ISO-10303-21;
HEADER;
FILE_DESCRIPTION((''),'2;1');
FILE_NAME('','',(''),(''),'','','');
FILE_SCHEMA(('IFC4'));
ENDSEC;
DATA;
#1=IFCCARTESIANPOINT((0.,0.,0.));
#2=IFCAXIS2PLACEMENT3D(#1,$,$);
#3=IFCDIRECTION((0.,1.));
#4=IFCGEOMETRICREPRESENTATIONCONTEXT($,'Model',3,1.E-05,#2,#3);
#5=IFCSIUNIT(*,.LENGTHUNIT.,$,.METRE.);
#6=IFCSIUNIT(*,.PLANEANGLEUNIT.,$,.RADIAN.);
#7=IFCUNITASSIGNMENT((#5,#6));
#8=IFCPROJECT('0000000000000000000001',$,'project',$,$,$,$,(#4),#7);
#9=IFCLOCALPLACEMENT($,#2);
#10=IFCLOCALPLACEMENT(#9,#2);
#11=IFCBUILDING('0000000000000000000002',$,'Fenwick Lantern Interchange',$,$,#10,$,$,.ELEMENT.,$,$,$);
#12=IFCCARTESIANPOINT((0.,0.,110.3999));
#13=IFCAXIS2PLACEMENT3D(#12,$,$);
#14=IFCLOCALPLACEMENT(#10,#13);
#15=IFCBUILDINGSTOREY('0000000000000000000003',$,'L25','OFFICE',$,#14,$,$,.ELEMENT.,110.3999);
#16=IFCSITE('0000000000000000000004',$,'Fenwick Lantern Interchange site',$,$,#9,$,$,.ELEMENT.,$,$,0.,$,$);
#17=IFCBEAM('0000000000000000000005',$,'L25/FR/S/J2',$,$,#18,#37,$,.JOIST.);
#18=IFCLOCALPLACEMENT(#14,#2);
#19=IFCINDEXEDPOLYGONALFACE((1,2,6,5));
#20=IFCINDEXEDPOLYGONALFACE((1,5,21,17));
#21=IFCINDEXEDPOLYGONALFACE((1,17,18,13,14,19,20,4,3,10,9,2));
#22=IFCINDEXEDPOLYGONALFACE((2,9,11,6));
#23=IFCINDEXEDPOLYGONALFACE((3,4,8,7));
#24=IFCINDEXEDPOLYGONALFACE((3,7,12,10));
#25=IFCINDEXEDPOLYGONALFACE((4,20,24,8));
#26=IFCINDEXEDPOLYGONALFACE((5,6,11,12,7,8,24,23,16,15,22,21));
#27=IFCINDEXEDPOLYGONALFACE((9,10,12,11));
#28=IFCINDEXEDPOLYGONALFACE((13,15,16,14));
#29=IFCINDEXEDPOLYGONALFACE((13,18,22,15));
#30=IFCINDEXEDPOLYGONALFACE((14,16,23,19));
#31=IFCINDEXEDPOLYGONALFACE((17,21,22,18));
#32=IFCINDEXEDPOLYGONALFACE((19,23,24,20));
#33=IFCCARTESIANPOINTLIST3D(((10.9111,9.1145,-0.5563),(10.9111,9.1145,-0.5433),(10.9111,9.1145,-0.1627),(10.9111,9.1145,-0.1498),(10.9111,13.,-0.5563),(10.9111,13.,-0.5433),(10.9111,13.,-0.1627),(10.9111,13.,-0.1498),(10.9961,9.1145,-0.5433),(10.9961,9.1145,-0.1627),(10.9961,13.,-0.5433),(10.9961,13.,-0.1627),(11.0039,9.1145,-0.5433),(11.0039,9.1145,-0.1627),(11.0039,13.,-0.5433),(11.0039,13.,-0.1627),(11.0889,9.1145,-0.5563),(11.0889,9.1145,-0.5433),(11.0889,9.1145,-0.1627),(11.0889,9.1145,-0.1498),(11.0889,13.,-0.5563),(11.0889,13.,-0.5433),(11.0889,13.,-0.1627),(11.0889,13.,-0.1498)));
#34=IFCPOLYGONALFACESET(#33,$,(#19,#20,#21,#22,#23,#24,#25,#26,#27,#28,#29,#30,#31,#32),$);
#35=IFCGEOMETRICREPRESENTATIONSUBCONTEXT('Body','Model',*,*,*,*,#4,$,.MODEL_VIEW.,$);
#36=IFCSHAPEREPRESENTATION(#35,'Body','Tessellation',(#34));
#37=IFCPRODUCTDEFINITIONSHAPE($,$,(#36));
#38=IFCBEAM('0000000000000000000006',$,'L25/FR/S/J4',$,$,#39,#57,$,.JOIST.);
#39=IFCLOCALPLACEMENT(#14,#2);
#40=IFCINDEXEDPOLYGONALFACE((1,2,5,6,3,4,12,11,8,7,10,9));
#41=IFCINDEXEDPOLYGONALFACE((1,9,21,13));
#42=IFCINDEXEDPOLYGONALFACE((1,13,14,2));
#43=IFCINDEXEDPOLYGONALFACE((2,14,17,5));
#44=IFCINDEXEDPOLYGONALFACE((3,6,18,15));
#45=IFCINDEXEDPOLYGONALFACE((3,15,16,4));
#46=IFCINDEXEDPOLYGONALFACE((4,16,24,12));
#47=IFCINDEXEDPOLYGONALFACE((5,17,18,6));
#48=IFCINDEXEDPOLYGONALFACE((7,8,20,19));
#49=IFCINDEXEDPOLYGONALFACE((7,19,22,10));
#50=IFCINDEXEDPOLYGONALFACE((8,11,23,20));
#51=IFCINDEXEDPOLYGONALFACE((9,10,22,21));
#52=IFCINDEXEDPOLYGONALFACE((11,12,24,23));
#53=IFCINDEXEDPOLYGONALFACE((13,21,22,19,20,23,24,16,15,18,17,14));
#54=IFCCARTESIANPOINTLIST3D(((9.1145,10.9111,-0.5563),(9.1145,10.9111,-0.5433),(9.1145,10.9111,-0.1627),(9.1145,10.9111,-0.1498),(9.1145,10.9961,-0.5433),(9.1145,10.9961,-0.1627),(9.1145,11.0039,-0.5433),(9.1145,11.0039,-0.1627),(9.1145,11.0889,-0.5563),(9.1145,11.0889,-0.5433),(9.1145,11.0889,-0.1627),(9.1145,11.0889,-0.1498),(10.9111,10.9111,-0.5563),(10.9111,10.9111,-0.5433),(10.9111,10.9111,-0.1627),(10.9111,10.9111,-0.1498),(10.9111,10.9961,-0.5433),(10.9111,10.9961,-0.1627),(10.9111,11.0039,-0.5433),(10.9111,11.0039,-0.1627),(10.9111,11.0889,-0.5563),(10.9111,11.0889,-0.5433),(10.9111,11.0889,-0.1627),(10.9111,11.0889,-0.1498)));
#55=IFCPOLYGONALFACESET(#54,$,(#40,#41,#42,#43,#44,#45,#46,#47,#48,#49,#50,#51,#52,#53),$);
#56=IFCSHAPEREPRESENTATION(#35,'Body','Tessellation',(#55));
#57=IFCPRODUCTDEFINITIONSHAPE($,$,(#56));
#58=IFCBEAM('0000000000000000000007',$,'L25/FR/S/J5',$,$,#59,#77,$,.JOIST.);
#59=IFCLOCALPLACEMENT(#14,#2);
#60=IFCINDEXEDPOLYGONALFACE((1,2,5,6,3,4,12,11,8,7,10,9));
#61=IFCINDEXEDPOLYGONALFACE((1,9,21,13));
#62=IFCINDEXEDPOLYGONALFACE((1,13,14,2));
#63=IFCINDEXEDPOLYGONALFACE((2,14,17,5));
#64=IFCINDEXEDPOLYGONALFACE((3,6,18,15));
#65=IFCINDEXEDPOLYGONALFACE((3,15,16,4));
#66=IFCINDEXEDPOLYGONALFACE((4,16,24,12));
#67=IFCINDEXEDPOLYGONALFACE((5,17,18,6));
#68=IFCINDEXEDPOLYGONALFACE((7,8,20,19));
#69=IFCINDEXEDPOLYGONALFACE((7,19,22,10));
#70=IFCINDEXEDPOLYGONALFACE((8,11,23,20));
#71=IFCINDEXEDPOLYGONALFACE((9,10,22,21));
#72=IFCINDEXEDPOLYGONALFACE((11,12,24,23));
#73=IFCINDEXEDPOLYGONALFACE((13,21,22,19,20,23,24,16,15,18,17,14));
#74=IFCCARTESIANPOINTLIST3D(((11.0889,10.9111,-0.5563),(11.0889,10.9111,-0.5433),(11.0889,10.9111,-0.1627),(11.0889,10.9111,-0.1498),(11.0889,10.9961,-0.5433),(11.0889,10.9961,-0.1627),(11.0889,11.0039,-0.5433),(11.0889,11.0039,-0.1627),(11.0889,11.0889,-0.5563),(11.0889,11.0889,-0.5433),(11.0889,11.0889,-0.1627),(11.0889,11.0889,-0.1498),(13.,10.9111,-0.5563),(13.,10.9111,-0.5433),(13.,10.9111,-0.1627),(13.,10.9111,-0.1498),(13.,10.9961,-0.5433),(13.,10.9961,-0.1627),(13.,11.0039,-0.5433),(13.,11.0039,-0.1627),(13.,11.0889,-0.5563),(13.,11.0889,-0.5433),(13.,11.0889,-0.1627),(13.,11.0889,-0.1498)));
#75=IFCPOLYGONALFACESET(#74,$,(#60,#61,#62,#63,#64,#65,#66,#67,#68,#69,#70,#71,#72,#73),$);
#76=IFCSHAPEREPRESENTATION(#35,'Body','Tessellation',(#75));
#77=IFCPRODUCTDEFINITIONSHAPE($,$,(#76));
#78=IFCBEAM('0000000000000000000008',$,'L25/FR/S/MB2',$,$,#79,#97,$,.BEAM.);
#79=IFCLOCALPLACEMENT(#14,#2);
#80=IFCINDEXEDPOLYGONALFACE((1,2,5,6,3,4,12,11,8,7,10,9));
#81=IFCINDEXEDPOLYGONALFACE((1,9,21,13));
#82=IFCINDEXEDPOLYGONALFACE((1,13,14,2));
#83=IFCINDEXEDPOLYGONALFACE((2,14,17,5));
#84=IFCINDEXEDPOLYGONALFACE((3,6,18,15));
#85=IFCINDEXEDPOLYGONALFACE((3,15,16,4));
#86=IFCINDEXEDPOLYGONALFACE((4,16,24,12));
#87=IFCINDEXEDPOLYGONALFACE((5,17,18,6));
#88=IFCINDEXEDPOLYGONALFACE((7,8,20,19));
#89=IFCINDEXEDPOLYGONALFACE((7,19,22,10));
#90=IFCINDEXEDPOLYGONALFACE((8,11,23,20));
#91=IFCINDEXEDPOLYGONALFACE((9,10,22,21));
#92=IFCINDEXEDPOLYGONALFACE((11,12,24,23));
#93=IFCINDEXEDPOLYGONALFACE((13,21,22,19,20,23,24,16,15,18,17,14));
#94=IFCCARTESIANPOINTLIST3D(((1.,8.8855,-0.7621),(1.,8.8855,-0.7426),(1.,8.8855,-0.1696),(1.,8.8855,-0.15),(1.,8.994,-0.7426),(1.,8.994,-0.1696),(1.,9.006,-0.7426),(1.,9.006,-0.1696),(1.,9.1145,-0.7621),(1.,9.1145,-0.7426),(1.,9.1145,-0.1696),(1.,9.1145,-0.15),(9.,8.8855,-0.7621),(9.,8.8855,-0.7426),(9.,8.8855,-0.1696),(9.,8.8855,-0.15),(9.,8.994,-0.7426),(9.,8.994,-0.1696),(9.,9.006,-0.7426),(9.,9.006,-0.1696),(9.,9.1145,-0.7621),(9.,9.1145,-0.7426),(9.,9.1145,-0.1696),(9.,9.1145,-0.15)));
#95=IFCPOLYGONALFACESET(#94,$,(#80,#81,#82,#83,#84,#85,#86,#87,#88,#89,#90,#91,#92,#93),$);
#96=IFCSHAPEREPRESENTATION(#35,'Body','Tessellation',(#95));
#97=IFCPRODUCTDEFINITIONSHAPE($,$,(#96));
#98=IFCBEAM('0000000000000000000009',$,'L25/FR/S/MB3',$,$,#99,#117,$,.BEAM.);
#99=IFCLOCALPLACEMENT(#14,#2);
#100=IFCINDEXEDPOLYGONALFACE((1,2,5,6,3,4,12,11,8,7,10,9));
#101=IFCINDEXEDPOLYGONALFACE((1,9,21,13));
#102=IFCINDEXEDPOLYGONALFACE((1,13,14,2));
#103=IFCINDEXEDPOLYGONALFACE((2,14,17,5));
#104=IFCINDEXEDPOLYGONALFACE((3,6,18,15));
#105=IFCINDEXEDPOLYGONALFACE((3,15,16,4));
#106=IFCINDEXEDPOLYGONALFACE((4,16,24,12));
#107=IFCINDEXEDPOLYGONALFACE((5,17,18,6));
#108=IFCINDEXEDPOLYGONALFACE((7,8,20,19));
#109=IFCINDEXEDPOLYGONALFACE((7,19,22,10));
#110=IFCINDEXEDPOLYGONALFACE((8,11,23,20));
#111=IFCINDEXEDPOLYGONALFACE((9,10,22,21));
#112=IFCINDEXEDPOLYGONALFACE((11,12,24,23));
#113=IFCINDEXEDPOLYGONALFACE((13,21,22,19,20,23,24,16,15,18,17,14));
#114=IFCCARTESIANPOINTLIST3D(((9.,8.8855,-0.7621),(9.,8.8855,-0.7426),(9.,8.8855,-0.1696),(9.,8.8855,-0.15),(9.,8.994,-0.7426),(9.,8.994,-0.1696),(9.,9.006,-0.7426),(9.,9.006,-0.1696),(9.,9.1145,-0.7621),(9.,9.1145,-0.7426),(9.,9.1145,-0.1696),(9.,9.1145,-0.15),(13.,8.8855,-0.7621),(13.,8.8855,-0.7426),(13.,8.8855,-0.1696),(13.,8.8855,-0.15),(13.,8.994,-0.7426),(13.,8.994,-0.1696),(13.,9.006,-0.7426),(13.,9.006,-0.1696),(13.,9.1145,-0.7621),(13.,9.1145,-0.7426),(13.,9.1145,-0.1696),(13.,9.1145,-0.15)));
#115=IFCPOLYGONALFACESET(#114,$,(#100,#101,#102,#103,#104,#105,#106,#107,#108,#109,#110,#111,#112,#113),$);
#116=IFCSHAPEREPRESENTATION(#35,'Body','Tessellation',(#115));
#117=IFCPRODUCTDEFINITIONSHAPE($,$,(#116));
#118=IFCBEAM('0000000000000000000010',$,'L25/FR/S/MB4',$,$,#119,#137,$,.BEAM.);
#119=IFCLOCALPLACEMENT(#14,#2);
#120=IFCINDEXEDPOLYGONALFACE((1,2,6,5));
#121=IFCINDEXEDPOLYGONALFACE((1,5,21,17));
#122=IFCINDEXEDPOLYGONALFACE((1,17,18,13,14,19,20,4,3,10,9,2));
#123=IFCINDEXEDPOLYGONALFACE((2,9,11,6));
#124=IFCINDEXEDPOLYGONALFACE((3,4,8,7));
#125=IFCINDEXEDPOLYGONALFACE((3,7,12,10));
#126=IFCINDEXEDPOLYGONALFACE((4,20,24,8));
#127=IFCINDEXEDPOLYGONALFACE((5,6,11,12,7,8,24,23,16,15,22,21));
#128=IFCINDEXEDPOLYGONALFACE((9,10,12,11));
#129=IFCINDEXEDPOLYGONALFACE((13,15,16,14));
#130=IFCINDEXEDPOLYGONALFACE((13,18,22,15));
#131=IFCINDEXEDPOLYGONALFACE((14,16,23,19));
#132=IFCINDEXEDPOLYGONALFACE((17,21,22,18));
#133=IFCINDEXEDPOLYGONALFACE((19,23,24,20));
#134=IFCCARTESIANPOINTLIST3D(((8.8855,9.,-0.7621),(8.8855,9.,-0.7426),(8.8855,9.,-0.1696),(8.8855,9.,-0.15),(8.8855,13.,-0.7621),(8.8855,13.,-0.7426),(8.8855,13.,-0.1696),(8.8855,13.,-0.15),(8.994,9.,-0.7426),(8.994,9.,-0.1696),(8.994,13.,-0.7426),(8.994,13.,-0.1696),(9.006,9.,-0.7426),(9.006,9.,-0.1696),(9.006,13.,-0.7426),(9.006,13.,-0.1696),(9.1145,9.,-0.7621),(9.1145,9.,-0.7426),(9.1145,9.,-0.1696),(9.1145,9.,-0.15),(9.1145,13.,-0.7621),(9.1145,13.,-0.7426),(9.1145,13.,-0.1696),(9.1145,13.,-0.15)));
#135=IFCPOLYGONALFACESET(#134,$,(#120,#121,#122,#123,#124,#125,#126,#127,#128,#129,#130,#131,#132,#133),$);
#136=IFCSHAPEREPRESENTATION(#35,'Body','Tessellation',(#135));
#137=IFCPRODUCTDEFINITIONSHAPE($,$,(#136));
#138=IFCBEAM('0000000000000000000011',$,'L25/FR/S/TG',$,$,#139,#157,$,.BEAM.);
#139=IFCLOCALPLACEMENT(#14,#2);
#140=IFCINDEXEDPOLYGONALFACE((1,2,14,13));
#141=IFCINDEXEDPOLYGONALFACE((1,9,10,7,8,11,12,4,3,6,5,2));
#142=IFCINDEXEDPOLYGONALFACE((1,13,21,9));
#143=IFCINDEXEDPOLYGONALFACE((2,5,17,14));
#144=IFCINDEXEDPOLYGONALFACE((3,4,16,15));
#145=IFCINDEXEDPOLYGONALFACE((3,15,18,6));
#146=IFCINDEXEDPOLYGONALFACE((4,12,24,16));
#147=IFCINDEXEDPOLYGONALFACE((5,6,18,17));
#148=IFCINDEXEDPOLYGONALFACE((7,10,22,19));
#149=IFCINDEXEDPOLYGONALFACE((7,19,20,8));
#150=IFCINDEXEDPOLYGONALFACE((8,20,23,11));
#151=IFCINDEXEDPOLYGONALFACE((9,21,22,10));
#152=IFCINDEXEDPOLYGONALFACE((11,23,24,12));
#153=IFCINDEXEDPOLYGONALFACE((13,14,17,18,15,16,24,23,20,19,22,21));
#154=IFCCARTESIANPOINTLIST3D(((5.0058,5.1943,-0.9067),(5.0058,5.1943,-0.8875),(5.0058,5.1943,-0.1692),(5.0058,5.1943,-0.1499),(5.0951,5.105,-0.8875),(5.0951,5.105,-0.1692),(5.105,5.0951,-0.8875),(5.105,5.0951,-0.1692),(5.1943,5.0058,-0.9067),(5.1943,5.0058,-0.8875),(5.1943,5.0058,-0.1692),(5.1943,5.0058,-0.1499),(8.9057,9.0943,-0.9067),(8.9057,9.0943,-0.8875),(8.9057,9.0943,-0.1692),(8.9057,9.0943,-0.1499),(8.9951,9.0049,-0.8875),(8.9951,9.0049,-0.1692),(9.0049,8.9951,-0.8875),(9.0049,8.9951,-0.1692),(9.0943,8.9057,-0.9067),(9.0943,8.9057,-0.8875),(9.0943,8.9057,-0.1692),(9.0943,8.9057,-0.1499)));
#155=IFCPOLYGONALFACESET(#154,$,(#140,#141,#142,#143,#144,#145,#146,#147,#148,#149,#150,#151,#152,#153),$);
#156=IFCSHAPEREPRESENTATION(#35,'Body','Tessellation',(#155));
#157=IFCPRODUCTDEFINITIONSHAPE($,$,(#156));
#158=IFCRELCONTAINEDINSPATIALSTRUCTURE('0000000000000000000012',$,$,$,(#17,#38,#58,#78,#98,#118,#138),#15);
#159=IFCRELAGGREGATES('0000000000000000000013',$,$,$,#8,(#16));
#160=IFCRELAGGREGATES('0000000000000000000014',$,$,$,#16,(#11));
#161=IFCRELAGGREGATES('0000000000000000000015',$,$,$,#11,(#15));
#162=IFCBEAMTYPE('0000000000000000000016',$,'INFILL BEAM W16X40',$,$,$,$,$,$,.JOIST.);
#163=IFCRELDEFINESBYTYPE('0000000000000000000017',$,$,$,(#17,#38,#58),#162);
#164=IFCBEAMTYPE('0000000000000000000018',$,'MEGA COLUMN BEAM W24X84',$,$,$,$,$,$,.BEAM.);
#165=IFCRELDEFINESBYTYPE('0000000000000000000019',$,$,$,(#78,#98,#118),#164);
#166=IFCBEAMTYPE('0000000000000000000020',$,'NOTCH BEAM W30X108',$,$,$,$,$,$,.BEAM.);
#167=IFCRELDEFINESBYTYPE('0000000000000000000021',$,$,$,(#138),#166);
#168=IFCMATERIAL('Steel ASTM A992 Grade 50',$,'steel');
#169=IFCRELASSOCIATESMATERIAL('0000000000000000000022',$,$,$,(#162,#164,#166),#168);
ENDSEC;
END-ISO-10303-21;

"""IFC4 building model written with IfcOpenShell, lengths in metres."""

from ifc_helpers import new_model, si_unit, direction, frame, origin, origin_2d, place, context, subcontext, project, spatial, i_section, extrude, material, material_profile, profile_set, type_object, element, save


model = new_model("IFC4")

# Units and contexts
model_context = context("Model", 3, precision=1e-05, world=origin(), true_north=direction((0.0, 1.0)))
body_context = subcontext(model_context, "Body", "Model", "MODEL_VIEW")
ifc_project = project(units=[si_unit("LENGTHUNIT", "METRE"), si_unit("PLANEANGLEUNIT", "RADIAN")], contexts=[model_context])

# Site, building, storey
site_placement = place(None, origin())
site = spatial("IfcSite", under=ifc_project, at=site_placement, Name="Fenwick Lantern Interchange site", CompositionType="ELEMENT", RefElevation=0.0)
building_placement = place(site_placement, origin())
building = spatial("IfcBuilding", under=site, at=building_placement, Name="Fenwick Lantern Interchange", CompositionType="ELEMENT")
storey_placement = place(building_placement, frame((0.0, 0.0, 110.3999)))
storey = spatial("IfcBuildingStorey", under=building, at=storey_placement, Name="L25", Description="OFFICE", CompositionType="ELEMENT", Elevation=110.3999)

# Beams
ifc_material_1 = material(Name="Steel ASTM A992 Grade 50", Category="steel")
ifc_material_profile_1 = material_profile(ifc_material_1, i_section(OverallWidth=0.1777, OverallDepth=0.4065, WebThickness=0.0078, FlangeThickness=0.0129, at=origin_2d()), Name="W16X40")
ifc_profile_set_1 = profile_set([ifc_material_profile_1], Name="Steel ASTM A992 Grade 50")
beam_type_1 = type_object("IfcBeamType", Name="INFILL BEAM W16X40", PredefinedType="JOIST", material=ifc_profile_set_1)
beam_1_placement = place(storey_placement, frame((11.0, 9.1145, -0.353), z_axis=(0.0, 1.0, 0.0), x_axis=(-1.0, 0.0, 0.0)))
element("IfcBeam", 1, at=beam_1_placement, inside=storey, type_object=beam_type_1, Name="L25/FR/S/J2", PredefinedType="JOIST", context=body_context, shape_type="SweptSolid", body=[
    extrude(i_section(OverallWidth=0.1777, OverallDepth=0.4065, WebThickness=0.0078, FlangeThickness=0.0129, at=origin_2d()), origin(), (0.0, 0.0, 1.0), 3.8855),
])
beam_2_placement = place(storey_placement, frame((9.1145, 11.0, -0.353), z_axis=(1.0, 0.0, 0.0), x_axis=(0.0, 1.0, 0.0)))
element("IfcBeam", 2, at=beam_2_placement, inside=storey, type_object=beam_type_1, Name="L25/FR/S/J4", PredefinedType="JOIST", context=body_context, shape_type="SweptSolid", body=[
    extrude(i_section(OverallWidth=0.1777, OverallDepth=0.4065, WebThickness=0.0078, FlangeThickness=0.0129, at=origin_2d()), origin(), (0.0, 0.0, 1.0), 1.7966),
])
beam_3_placement = place(storey_placement, frame((11.0889, 11.0, -0.353), z_axis=(1.0, 0.0, 0.0), x_axis=(0.0, 1.0, 0.0)))
element("IfcBeam", 3, at=beam_3_placement, inside=storey, type_object=beam_type_1, Name="L25/FR/S/J5", PredefinedType="JOIST", context=body_context, shape_type="SweptSolid", body=[
    extrude(i_section(OverallWidth=0.1777, OverallDepth=0.4065, WebThickness=0.0078, FlangeThickness=0.0129, at=origin_2d()), origin(), (0.0, 0.0, 1.0), 1.9111),
])
ifc_material_profile_2 = material_profile(ifc_material_1, i_section(OverallWidth=0.229, OverallDepth=0.6121, WebThickness=0.012, FlangeThickness=0.0195, at=origin_2d()), Name="W24X84")
ifc_profile_set_2 = profile_set([ifc_material_profile_2], Name="Steel ASTM A992 Grade 50")
beam_type_2 = type_object("IfcBeamType", Name="MEGA COLUMN BEAM W24X84", PredefinedType="BEAM", material=ifc_profile_set_2)
beam_4_placement = place(storey_placement, frame((9.0, 9.0, -0.4561), z_axis=(-1.0, 0.0, 0.0), x_axis=(0.0, -1.0, 0.0)))
element("IfcBeam", 4, at=beam_4_placement, inside=storey, type_object=beam_type_2, Name="L25/FR/S/MB2", PredefinedType="BEAM", context=body_context, shape_type="SweptSolid", body=[
    extrude(i_section(OverallWidth=0.229, OverallDepth=0.6121, WebThickness=0.012, FlangeThickness=0.0195, at=origin_2d()), origin(), (0.0, 0.0, 1.0), 8.0),
])
for number, where, z_axis, x_axis, name in (
    (5, (9.0, 9.0, -0.4561), (1.0, 0.0, 0.0), (0.0, 1.0, 0.0), "L25/FR/S/MB3"),
    (6, (9.0, 9.0, -0.4561), (0.0, 1.0, 0.0), (-1.0, 0.0, 0.0), "L25/FR/S/MB4"),
):
    element("IfcBeam", number, at=place(storey_placement, frame(where, z_axis=z_axis, x_axis=x_axis)), inside=storey, type_object=beam_type_2, Name=name, PredefinedType="BEAM", context=body_context, shape_type="SweptSolid", body=[
        extrude(i_section(OverallWidth=0.229, OverallDepth=0.6121, WebThickness=0.012, FlangeThickness=0.0195, at=origin_2d()), origin(), (0.0, 0.0, 1.0), 4.0),
    ])
ifc_material_profile_3 = material_profile(ifc_material_1, i_section(OverallWidth=0.2666, OverallDepth=0.7568, WebThickness=0.0139, FlangeThickness=0.0193, at=origin_2d()), Name="W30X108")
ifc_profile_set_3 = profile_set([ifc_material_profile_3], Name="Steel ASTM A992 Grade 50")
beam_type_3 = type_object("IfcBeamType", Name="NOTCH BEAM W30X108", PredefinedType="BEAM", material=ifc_profile_set_3)
beam_5_placement = place(storey_placement, frame((9.0, 9.0, -0.5283), z_axis=(-0.707107, -0.707107, 0.0), x_axis=(0.707107, -0.707107, 0.0)))
element("IfcBeam", 7, at=beam_5_placement, inside=storey, type_object=beam_type_3, Name="L25/FR/S/TG", PredefinedType="BEAM", context=body_context, shape_type="SweptSolid", body=[
    extrude(i_section(OverallWidth=0.2666, OverallDepth=0.7568, WebThickness=0.0139, FlangeThickness=0.0193, at=origin_2d()), origin(), (0.0, 0.0, 1.0), 5.5154),
])

save(model, "model.ifc")
